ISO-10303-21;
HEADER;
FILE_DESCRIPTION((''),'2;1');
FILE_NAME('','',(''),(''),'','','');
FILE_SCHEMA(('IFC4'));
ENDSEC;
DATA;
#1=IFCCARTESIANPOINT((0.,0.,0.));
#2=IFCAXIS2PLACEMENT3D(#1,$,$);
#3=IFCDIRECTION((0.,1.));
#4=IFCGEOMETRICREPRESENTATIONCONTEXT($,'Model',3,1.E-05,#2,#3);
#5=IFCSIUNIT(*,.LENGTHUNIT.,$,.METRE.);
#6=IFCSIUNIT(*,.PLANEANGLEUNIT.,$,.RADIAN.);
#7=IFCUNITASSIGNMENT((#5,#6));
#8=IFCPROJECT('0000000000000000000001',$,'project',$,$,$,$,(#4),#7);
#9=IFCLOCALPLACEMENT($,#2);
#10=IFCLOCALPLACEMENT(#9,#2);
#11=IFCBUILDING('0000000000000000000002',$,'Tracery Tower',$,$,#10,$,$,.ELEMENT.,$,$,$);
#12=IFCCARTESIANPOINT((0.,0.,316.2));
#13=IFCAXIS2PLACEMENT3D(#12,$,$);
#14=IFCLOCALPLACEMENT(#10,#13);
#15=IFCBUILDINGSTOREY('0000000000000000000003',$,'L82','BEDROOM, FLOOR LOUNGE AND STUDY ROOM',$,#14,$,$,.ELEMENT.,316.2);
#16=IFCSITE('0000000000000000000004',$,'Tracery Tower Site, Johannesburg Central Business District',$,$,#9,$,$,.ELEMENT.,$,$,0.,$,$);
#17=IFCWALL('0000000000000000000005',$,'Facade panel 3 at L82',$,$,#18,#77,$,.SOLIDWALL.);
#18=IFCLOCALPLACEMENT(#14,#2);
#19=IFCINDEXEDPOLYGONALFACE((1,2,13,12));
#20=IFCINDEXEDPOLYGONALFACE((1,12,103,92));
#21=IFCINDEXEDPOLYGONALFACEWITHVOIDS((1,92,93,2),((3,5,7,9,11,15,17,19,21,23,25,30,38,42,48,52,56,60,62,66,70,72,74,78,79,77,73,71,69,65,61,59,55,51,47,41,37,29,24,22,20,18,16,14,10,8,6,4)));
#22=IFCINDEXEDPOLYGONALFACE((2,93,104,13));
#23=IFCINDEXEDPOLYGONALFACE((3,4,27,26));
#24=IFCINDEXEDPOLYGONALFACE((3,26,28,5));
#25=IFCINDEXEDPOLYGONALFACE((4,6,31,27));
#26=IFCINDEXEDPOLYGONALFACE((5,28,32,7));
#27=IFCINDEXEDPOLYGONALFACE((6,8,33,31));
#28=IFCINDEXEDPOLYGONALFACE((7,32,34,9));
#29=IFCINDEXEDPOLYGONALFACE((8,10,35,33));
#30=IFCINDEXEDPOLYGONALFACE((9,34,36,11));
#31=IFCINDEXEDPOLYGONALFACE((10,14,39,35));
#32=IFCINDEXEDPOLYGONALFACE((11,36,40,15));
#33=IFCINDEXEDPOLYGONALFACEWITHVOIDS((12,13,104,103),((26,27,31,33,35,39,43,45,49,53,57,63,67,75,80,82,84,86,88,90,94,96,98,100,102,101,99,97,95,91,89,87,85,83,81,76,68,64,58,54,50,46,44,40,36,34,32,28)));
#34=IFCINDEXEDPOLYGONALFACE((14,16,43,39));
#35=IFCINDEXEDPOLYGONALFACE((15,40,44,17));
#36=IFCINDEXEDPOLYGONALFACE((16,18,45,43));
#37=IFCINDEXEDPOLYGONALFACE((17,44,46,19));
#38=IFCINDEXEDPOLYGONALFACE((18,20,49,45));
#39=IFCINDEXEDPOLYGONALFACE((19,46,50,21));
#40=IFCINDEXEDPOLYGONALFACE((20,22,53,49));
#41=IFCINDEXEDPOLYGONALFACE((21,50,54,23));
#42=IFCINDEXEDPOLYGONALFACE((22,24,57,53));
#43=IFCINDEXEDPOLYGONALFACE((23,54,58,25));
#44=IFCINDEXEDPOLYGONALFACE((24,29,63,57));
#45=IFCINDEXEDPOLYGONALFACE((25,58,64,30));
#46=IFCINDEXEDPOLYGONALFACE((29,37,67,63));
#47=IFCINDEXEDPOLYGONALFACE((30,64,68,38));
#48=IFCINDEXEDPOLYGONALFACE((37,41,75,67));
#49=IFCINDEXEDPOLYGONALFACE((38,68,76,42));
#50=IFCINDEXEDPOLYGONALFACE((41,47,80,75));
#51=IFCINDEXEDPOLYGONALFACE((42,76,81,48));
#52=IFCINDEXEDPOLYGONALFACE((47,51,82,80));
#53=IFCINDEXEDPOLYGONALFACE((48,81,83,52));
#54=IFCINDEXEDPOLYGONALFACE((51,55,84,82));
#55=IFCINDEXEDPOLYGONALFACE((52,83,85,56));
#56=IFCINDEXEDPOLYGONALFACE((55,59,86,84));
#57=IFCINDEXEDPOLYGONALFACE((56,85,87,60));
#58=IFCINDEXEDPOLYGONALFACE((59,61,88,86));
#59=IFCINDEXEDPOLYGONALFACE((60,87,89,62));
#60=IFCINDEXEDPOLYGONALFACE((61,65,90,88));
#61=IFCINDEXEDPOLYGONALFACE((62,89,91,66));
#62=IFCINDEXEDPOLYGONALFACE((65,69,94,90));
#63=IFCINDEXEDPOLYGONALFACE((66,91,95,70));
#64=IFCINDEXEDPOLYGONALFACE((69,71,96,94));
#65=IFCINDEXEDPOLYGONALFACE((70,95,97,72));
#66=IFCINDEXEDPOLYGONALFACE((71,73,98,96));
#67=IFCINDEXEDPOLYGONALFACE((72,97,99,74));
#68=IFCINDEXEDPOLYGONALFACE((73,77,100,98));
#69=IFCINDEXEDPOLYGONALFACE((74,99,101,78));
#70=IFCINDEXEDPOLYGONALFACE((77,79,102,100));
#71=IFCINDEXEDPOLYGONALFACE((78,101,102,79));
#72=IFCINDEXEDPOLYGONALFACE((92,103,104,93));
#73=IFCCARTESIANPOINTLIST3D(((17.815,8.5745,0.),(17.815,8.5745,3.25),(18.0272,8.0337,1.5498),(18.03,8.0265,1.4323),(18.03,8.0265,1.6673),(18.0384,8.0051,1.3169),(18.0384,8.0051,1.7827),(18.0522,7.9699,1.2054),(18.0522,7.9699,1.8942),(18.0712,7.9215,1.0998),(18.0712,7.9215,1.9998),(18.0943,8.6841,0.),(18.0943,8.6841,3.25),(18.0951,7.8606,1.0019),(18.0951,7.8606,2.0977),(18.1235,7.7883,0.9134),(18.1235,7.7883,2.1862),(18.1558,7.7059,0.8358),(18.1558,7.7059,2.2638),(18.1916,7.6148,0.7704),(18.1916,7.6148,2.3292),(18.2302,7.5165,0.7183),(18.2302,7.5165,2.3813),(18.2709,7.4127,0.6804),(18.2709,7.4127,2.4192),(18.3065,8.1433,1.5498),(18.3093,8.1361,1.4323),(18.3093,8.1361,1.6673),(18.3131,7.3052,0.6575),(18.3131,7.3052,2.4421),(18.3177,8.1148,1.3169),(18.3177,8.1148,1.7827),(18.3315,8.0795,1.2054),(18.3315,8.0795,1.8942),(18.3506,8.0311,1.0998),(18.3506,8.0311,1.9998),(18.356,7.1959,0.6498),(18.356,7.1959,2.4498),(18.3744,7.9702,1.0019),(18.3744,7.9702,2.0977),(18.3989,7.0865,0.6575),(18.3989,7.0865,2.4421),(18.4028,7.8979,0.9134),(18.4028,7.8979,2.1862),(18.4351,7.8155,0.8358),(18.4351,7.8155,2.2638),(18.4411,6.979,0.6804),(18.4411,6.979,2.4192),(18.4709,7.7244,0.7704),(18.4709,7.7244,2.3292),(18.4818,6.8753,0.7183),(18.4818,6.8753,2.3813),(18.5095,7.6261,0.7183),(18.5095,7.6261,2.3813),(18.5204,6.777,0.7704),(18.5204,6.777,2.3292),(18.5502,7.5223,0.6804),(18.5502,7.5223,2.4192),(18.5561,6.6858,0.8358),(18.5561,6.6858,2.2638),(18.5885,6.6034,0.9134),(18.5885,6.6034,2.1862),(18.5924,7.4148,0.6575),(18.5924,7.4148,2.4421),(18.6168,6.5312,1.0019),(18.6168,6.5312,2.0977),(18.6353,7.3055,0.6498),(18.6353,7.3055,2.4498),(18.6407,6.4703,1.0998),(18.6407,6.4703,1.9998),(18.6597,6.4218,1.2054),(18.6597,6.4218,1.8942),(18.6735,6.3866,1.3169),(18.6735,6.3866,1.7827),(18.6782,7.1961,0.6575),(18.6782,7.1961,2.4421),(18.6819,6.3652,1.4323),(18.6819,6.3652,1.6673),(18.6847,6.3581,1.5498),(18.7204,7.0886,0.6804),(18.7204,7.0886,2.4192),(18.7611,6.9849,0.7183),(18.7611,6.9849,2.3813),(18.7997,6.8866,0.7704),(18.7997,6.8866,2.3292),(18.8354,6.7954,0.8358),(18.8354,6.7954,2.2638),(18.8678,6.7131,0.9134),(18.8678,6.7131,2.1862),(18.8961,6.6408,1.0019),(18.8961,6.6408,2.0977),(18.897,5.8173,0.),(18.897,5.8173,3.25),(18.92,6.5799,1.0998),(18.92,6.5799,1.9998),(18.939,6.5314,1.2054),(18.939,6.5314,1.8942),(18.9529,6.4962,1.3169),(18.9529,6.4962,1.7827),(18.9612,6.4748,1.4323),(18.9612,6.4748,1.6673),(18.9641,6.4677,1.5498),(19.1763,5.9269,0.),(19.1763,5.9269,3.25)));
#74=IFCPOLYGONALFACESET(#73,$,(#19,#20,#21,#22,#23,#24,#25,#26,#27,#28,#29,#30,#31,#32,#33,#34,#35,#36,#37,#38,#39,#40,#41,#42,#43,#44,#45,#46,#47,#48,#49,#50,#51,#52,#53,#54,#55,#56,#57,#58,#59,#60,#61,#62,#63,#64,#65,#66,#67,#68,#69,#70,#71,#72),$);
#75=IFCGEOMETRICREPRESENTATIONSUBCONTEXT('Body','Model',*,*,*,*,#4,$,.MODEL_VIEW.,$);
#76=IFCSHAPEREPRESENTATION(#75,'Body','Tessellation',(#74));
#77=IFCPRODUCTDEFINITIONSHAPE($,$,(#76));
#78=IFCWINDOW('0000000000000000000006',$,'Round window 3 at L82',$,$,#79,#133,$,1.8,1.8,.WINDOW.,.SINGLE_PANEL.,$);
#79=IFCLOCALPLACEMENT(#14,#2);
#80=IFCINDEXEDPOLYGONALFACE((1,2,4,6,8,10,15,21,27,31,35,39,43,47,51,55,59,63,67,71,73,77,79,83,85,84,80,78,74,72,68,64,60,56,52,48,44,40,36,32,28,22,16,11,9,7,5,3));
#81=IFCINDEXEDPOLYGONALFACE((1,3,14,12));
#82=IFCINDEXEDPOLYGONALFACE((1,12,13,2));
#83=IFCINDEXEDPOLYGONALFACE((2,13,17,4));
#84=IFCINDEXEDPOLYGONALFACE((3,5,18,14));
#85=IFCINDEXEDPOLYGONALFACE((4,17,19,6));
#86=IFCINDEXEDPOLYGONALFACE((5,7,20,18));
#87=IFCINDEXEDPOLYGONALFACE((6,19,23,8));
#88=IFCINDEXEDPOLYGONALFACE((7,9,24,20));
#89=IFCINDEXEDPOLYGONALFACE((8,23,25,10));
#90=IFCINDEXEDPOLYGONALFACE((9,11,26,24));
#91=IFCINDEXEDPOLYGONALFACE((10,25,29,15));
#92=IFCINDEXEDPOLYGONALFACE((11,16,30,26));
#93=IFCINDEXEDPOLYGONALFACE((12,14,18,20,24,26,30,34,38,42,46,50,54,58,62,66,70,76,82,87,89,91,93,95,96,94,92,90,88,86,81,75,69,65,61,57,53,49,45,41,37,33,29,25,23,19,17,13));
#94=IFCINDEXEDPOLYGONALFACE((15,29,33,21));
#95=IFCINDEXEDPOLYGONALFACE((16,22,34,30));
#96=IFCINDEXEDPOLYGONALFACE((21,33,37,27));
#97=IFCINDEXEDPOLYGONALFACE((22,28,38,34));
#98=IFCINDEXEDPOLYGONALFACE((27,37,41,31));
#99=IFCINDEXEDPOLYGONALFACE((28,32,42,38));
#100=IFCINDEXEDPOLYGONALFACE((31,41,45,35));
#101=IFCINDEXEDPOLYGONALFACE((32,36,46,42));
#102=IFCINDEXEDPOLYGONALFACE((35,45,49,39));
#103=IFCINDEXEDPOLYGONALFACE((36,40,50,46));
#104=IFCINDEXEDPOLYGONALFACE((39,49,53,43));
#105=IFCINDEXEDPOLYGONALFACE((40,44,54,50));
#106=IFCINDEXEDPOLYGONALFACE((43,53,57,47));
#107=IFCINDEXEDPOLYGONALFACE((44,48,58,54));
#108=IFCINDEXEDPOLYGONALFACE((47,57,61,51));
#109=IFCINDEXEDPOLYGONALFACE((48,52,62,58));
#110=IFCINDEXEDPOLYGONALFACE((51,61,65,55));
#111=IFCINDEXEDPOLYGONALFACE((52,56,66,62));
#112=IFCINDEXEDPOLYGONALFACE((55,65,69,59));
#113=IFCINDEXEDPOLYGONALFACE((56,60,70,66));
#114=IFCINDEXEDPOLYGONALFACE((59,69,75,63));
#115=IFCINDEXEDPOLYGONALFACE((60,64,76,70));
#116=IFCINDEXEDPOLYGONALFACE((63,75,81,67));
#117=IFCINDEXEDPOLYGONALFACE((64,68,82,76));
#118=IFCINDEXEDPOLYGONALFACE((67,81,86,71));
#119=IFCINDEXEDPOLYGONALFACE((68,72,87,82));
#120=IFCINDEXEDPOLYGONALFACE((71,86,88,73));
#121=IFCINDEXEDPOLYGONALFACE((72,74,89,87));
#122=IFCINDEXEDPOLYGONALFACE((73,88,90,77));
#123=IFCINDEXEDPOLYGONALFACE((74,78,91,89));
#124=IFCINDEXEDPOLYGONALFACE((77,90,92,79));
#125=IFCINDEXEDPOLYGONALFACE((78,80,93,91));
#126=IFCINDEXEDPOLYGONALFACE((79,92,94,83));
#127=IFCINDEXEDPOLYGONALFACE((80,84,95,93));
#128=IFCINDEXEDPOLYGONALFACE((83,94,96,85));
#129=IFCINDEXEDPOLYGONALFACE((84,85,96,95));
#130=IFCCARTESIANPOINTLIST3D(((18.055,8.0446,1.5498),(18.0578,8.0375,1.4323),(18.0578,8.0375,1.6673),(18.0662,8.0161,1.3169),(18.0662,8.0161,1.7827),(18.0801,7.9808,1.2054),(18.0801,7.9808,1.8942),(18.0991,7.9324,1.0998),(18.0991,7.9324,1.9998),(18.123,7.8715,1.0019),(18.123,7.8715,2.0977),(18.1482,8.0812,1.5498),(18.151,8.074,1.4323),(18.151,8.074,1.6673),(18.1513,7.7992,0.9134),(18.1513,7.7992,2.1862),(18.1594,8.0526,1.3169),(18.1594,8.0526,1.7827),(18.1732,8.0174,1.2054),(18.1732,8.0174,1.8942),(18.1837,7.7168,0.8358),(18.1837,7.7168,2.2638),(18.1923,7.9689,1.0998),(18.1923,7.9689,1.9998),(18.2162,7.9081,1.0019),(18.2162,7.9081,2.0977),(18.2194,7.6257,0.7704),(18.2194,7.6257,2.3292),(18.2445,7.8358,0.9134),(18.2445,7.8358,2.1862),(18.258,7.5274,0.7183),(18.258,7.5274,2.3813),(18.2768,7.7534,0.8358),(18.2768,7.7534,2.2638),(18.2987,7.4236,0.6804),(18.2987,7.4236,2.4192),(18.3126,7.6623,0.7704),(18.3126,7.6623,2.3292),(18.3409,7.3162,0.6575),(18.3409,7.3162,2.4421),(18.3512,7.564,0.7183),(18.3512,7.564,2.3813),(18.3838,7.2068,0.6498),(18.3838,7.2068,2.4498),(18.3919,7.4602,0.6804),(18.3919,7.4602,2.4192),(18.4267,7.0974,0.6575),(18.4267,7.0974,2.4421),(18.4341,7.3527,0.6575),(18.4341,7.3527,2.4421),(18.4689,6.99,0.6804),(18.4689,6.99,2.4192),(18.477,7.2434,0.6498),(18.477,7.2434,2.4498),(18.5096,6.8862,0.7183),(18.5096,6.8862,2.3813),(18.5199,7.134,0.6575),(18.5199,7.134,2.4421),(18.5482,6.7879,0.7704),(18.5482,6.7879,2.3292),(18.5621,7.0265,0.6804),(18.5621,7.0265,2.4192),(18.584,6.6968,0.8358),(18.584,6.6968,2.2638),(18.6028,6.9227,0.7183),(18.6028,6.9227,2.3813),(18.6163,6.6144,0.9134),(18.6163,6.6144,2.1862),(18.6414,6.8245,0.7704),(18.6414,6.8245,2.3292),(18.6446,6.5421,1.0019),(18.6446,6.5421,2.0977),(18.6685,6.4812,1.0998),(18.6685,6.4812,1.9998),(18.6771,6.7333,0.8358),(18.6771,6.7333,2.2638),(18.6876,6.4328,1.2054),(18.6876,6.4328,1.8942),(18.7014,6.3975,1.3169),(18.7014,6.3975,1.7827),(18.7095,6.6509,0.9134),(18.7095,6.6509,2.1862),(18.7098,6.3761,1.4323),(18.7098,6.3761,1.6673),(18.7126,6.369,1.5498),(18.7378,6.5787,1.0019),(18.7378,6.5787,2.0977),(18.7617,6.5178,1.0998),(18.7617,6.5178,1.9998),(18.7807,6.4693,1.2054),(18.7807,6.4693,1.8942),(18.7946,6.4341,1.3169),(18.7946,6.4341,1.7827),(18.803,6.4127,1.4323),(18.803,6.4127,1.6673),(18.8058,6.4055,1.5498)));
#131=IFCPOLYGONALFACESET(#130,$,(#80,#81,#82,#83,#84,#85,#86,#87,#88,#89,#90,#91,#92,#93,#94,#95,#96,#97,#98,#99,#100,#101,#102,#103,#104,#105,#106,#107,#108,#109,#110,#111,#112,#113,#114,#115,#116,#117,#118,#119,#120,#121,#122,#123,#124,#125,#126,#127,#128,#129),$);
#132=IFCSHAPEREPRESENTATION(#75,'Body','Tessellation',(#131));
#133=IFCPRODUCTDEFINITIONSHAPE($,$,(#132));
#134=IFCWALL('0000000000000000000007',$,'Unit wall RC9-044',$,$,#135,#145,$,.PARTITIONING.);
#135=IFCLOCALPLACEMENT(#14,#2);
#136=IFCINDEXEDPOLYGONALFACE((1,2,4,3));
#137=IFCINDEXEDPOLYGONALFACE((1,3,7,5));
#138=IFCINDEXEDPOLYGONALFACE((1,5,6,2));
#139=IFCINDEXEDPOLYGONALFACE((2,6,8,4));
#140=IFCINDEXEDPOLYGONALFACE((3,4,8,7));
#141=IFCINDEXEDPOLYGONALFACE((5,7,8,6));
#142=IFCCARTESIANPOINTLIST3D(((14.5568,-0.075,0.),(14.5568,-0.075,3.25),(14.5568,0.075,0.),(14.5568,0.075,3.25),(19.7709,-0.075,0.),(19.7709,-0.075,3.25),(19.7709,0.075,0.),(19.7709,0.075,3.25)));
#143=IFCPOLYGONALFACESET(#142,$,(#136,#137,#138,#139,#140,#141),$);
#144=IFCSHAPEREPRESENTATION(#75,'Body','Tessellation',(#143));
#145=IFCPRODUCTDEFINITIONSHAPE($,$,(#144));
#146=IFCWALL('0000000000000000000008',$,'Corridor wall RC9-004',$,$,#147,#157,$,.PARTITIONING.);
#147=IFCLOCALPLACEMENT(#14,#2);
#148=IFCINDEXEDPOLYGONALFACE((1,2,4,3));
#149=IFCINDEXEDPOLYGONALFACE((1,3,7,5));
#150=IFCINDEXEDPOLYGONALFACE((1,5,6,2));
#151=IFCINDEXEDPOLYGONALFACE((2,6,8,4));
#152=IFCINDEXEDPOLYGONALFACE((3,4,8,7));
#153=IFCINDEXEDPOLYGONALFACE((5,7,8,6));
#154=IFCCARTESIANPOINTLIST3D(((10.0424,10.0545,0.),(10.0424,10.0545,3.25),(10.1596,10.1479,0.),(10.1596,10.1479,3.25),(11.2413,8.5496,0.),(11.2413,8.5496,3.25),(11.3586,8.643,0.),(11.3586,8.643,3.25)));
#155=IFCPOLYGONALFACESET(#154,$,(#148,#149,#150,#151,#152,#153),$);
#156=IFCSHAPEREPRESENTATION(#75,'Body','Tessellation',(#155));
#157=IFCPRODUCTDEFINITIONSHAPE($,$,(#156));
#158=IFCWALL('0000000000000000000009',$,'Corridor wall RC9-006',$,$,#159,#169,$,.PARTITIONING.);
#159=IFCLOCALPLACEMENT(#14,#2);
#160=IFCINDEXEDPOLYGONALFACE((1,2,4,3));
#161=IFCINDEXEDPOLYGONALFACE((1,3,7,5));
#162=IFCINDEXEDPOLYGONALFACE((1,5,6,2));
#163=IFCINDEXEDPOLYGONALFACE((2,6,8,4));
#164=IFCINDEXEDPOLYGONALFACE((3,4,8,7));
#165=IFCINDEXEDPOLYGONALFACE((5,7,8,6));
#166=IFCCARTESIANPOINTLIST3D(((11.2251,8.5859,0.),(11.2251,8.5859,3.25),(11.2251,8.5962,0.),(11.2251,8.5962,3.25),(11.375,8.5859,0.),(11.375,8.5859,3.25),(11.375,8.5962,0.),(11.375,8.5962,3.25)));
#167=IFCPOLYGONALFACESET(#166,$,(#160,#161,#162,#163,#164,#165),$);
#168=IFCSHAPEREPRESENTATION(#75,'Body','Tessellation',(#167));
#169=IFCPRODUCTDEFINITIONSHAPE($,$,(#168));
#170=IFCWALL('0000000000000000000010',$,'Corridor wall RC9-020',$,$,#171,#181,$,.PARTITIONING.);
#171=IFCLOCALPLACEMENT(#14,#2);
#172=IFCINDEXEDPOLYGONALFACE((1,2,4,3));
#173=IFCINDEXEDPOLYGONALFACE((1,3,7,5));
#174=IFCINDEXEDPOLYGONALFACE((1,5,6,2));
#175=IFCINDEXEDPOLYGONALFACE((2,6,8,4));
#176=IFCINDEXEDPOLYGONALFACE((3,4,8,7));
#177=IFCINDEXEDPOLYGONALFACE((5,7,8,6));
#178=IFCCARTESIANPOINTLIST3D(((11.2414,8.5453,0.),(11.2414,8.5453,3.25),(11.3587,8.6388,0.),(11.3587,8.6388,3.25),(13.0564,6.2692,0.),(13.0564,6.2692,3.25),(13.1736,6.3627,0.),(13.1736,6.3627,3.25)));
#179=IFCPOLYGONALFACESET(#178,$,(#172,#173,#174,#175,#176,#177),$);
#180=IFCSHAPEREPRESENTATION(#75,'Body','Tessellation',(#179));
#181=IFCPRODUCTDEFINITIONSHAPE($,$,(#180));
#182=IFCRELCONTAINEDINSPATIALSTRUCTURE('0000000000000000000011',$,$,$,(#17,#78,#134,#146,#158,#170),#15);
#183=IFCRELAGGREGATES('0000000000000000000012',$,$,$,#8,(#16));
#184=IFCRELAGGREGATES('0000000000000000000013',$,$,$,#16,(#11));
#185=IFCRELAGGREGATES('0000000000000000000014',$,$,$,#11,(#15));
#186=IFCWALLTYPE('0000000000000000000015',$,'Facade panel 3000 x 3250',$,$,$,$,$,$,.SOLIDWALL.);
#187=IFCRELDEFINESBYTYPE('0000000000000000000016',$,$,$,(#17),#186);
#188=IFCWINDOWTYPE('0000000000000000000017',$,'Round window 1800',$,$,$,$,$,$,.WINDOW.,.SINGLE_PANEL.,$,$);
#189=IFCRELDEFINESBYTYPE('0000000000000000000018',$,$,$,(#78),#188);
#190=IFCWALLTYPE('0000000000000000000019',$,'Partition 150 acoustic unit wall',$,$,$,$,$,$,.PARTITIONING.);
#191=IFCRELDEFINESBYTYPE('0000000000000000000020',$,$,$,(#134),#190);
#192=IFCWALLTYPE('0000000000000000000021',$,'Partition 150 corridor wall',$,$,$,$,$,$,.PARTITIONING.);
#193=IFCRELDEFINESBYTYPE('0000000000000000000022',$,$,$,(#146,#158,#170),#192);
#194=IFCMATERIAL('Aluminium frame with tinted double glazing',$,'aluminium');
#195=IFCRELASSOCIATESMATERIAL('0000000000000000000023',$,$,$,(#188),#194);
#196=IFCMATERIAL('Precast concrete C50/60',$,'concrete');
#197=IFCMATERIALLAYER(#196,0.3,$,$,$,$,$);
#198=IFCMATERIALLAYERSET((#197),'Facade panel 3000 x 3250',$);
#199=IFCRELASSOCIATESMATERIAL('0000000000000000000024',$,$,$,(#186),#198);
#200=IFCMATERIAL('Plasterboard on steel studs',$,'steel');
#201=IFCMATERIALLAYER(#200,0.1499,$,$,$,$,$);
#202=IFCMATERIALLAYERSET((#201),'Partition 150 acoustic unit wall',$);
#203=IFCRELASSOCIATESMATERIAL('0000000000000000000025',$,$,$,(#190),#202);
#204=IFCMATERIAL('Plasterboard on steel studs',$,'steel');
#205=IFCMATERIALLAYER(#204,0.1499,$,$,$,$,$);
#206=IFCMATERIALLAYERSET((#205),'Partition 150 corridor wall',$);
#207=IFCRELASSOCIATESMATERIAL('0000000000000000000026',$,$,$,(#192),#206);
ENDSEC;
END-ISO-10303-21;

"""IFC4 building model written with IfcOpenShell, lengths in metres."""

from ifc_helpers import new_model, si_unit, direction, frame, frame_2d, origin, origin_2d, place, context, subcontext, project, spatial, rectangle, circle, extrude, material, layer, layer_set, type_object, element, fill, save


model = new_model("IFC4")

# Units and contexts
model_context = context("Model", 3, precision=1e-05, world=origin(), true_north=direction((0.0, 1.0)))
body_context = subcontext(model_context, "Body", "Model", "MODEL_VIEW")
ifc_project = project(units=[si_unit("LENGTHUNIT", "METRE"), si_unit("PLANEANGLEUNIT", "RADIAN")], contexts=[model_context])

# Site, building, storey
site_placement = place(None, origin())
site = spatial("IfcSite", under=ifc_project, at=site_placement, Name="Tracery Tower Site, Johannesburg Central Business District", CompositionType="ELEMENT", RefElevation=0.0)
building_placement = place(site_placement, origin())
building = spatial("IfcBuilding", under=site, at=building_placement, Name="Tracery Tower", CompositionType="ELEMENT")
storey_placement = place(building_placement, frame((0.0, 0.0, 316.2)))
storey = spatial("IfcBuildingStorey", under=building, at=storey_placement, Name="L82", Description="BEDROOM, FLOOR LOUNGE AND STUDY ROOM", CompositionType="ELEMENT", Elevation=316.2)

# Wall, opening, window
ifc_material_1 = material(Name="Aluminium frame with tinted double glazing", Category="aluminium")
window_type = type_object("IfcWindowType", Name="Round window 1800", PartitioningType="SINGLE_PANEL", PredefinedType="WINDOW", material=ifc_material_1)
ifc_material_2 = material(Name="Precast concrete C50/60", Category="concrete")
ifc_layer_1 = layer(ifc_material_2, 0.3)
ifc_layer_set_1 = layer_set([ifc_layer_1], Name="Facade panel 3000 x 3250")
wall_type_1 = type_object("IfcWallType", Name="Facade panel 3000 x 3250", PredefinedType="SOLIDWALL", material=ifc_layer_set_1)
wall_1_placement = place(storey_placement, frame((19.0366, 5.8721, 0.0), z_axis=(0.0, 0.0, 1.0), x_axis=(-0.3653, 0.93089, 0.0)))
wall_1 = element("IfcWall", 1, at=wall_1_placement, inside=storey, type_object=wall_type_1, Name="Facade panel 3 at L82", PredefinedType="SOLIDWALL", context=body_context, shape_type="SweptSolid", body=[
    extrude(rectangle(XDim=2.9619, YDim=0.3, at=frame_2d((1.481, 0.0))), origin(), (0.0, 0.0, 1.0), 3.25),
])
opening_1_placement = place(wall_1_placement, frame((1.481, 0.0, 1.5498)))
opening_1 = element("IfcOpeningElement", 2, at=opening_1_placement, cuts=wall_1, PredefinedType="OPENING", context=body_context, shape_type="SweptSolid", body=[
    extrude(circle(Radius=0.9, at=origin_2d()), frame((0.0, 0.1599, 0.0), z_axis=(0.0, -1.0, 0.0), x_axis=(1.0, 0.0, 0.0)), (0.0, 0.0, 1.0), 0.3201),
])
window_1_placement = place(opening_1_placement, origin())
window_1 = element("IfcWindow", 3, at=window_1_placement, inside=storey, type_object=window_type, Name="Round window 3 at L82", OverallHeight=1.8, OverallWidth=1.8, PartitioningType="SINGLE_PANEL", PredefinedType="WINDOW", context=body_context, shape_type="SweptSolid", body=[
    extrude(circle(Radius=0.9, at=origin_2d()), frame((0.0, 0.1201, 0.0), z_axis=(0.0, -1.0, 0.0), x_axis=(1.0, 0.0, 0.0)), (0.0, 0.0, 1.0), 0.1001),
])
fill(opening_1, window_1)

# Walls
ifc_material_3 = material(Name="Plasterboard on steel studs", Category="steel")
ifc_layer_2 = layer(ifc_material_3, 0.1499)
ifc_layer_set_2 = layer_set([ifc_layer_2], Name="Partition 150 acoustic unit wall")
wall_type_2 = type_object("IfcWallType", Name="Partition 150 acoustic unit wall", PredefinedType="PARTITIONING", material=ifc_layer_set_2)
wall_2_placement = place(storey_placement, frame((14.5569, 0.0, 0.0), z_axis=(0.0, 0.0, 1.0), x_axis=(1.0, 0.0, 0.0)))
element("IfcWall", 4, at=wall_2_placement, inside=storey, type_object=wall_type_2, Name="Unit wall RC9-044", PredefinedType="PARTITIONING", context=body_context, shape_type="SweptSolid", body=[
    extrude(rectangle(XDim=5.2141, YDim=0.1499, at=frame_2d((2.6069, 0.0))), origin(), (0.0, 0.0, 1.0), 3.25),
])
ifc_material_4 = material(Name="Plasterboard on steel studs", Category="steel")
ifc_layer_3 = layer(ifc_material_4, 0.1499)
ifc_layer_set_3 = layer_set([ifc_layer_3], Name="Partition 150 corridor wall")
wall_type_3 = type_object("IfcWallType", Name="Partition 150 corridor wall", PredefinedType="PARTITIONING", material=ifc_layer_set_3)
wall_3_placement = place(storey_placement, frame((10.1011, 10.1011, 0.0), z_axis=(0.0, 0.0, 1.0), x_axis=(0.623131, -0.782118, 0.0)))
element("IfcWall", 5, at=wall_3_placement, inside=storey, type_object=wall_type_3, Name="Corridor wall RC9-004", PredefinedType="PARTITIONING", context=body_context, shape_type="SweptSolid", body=[
    extrude(rectangle(XDim=1.9241, YDim=0.1499, at=frame_2d((0.9619, 0.0))), origin(), (0.0, 0.0, 1.0), 3.25),
])
wall_4_placement = place(storey_placement, frame((11.3, 8.5859, 0.0), z_axis=(0.0, 0.0, 1.0), x_axis=(0.0, 1.0, 0.0)))
element("IfcWall", 6, at=wall_4_placement, inside=storey, type_object=wall_type_3, Name="Corridor wall RC9-006", PredefinedType="PARTITIONING", context=body_context, shape_type="SweptSolid", body=[
    extrude(rectangle(XDim=0.0103, YDim=0.1499, at=frame_2d((0.0051, 0.0))), origin(), (0.0, 0.0, 1.0), 3.25),
])
wall_5_placement = place(storey_placement, frame((11.3, 8.592, 0.0), z_axis=(0.0, 0.0, 1.0), x_axis=(0.623447, -0.781866, 0.0)))
element("IfcWall", 7, at=wall_5_placement, inside=storey, type_object=wall_type_3, Name="Corridor wall RC9-020", PredefinedType="PARTITIONING", context=body_context, shape_type="SweptSolid", body=[
    extrude(rectangle(XDim=2.9111, YDim=0.1499, at=frame_2d((1.4556, 0.0))), origin(), (0.0, 0.0, 1.0), 3.25),
])

save(model, "model.ifc")
